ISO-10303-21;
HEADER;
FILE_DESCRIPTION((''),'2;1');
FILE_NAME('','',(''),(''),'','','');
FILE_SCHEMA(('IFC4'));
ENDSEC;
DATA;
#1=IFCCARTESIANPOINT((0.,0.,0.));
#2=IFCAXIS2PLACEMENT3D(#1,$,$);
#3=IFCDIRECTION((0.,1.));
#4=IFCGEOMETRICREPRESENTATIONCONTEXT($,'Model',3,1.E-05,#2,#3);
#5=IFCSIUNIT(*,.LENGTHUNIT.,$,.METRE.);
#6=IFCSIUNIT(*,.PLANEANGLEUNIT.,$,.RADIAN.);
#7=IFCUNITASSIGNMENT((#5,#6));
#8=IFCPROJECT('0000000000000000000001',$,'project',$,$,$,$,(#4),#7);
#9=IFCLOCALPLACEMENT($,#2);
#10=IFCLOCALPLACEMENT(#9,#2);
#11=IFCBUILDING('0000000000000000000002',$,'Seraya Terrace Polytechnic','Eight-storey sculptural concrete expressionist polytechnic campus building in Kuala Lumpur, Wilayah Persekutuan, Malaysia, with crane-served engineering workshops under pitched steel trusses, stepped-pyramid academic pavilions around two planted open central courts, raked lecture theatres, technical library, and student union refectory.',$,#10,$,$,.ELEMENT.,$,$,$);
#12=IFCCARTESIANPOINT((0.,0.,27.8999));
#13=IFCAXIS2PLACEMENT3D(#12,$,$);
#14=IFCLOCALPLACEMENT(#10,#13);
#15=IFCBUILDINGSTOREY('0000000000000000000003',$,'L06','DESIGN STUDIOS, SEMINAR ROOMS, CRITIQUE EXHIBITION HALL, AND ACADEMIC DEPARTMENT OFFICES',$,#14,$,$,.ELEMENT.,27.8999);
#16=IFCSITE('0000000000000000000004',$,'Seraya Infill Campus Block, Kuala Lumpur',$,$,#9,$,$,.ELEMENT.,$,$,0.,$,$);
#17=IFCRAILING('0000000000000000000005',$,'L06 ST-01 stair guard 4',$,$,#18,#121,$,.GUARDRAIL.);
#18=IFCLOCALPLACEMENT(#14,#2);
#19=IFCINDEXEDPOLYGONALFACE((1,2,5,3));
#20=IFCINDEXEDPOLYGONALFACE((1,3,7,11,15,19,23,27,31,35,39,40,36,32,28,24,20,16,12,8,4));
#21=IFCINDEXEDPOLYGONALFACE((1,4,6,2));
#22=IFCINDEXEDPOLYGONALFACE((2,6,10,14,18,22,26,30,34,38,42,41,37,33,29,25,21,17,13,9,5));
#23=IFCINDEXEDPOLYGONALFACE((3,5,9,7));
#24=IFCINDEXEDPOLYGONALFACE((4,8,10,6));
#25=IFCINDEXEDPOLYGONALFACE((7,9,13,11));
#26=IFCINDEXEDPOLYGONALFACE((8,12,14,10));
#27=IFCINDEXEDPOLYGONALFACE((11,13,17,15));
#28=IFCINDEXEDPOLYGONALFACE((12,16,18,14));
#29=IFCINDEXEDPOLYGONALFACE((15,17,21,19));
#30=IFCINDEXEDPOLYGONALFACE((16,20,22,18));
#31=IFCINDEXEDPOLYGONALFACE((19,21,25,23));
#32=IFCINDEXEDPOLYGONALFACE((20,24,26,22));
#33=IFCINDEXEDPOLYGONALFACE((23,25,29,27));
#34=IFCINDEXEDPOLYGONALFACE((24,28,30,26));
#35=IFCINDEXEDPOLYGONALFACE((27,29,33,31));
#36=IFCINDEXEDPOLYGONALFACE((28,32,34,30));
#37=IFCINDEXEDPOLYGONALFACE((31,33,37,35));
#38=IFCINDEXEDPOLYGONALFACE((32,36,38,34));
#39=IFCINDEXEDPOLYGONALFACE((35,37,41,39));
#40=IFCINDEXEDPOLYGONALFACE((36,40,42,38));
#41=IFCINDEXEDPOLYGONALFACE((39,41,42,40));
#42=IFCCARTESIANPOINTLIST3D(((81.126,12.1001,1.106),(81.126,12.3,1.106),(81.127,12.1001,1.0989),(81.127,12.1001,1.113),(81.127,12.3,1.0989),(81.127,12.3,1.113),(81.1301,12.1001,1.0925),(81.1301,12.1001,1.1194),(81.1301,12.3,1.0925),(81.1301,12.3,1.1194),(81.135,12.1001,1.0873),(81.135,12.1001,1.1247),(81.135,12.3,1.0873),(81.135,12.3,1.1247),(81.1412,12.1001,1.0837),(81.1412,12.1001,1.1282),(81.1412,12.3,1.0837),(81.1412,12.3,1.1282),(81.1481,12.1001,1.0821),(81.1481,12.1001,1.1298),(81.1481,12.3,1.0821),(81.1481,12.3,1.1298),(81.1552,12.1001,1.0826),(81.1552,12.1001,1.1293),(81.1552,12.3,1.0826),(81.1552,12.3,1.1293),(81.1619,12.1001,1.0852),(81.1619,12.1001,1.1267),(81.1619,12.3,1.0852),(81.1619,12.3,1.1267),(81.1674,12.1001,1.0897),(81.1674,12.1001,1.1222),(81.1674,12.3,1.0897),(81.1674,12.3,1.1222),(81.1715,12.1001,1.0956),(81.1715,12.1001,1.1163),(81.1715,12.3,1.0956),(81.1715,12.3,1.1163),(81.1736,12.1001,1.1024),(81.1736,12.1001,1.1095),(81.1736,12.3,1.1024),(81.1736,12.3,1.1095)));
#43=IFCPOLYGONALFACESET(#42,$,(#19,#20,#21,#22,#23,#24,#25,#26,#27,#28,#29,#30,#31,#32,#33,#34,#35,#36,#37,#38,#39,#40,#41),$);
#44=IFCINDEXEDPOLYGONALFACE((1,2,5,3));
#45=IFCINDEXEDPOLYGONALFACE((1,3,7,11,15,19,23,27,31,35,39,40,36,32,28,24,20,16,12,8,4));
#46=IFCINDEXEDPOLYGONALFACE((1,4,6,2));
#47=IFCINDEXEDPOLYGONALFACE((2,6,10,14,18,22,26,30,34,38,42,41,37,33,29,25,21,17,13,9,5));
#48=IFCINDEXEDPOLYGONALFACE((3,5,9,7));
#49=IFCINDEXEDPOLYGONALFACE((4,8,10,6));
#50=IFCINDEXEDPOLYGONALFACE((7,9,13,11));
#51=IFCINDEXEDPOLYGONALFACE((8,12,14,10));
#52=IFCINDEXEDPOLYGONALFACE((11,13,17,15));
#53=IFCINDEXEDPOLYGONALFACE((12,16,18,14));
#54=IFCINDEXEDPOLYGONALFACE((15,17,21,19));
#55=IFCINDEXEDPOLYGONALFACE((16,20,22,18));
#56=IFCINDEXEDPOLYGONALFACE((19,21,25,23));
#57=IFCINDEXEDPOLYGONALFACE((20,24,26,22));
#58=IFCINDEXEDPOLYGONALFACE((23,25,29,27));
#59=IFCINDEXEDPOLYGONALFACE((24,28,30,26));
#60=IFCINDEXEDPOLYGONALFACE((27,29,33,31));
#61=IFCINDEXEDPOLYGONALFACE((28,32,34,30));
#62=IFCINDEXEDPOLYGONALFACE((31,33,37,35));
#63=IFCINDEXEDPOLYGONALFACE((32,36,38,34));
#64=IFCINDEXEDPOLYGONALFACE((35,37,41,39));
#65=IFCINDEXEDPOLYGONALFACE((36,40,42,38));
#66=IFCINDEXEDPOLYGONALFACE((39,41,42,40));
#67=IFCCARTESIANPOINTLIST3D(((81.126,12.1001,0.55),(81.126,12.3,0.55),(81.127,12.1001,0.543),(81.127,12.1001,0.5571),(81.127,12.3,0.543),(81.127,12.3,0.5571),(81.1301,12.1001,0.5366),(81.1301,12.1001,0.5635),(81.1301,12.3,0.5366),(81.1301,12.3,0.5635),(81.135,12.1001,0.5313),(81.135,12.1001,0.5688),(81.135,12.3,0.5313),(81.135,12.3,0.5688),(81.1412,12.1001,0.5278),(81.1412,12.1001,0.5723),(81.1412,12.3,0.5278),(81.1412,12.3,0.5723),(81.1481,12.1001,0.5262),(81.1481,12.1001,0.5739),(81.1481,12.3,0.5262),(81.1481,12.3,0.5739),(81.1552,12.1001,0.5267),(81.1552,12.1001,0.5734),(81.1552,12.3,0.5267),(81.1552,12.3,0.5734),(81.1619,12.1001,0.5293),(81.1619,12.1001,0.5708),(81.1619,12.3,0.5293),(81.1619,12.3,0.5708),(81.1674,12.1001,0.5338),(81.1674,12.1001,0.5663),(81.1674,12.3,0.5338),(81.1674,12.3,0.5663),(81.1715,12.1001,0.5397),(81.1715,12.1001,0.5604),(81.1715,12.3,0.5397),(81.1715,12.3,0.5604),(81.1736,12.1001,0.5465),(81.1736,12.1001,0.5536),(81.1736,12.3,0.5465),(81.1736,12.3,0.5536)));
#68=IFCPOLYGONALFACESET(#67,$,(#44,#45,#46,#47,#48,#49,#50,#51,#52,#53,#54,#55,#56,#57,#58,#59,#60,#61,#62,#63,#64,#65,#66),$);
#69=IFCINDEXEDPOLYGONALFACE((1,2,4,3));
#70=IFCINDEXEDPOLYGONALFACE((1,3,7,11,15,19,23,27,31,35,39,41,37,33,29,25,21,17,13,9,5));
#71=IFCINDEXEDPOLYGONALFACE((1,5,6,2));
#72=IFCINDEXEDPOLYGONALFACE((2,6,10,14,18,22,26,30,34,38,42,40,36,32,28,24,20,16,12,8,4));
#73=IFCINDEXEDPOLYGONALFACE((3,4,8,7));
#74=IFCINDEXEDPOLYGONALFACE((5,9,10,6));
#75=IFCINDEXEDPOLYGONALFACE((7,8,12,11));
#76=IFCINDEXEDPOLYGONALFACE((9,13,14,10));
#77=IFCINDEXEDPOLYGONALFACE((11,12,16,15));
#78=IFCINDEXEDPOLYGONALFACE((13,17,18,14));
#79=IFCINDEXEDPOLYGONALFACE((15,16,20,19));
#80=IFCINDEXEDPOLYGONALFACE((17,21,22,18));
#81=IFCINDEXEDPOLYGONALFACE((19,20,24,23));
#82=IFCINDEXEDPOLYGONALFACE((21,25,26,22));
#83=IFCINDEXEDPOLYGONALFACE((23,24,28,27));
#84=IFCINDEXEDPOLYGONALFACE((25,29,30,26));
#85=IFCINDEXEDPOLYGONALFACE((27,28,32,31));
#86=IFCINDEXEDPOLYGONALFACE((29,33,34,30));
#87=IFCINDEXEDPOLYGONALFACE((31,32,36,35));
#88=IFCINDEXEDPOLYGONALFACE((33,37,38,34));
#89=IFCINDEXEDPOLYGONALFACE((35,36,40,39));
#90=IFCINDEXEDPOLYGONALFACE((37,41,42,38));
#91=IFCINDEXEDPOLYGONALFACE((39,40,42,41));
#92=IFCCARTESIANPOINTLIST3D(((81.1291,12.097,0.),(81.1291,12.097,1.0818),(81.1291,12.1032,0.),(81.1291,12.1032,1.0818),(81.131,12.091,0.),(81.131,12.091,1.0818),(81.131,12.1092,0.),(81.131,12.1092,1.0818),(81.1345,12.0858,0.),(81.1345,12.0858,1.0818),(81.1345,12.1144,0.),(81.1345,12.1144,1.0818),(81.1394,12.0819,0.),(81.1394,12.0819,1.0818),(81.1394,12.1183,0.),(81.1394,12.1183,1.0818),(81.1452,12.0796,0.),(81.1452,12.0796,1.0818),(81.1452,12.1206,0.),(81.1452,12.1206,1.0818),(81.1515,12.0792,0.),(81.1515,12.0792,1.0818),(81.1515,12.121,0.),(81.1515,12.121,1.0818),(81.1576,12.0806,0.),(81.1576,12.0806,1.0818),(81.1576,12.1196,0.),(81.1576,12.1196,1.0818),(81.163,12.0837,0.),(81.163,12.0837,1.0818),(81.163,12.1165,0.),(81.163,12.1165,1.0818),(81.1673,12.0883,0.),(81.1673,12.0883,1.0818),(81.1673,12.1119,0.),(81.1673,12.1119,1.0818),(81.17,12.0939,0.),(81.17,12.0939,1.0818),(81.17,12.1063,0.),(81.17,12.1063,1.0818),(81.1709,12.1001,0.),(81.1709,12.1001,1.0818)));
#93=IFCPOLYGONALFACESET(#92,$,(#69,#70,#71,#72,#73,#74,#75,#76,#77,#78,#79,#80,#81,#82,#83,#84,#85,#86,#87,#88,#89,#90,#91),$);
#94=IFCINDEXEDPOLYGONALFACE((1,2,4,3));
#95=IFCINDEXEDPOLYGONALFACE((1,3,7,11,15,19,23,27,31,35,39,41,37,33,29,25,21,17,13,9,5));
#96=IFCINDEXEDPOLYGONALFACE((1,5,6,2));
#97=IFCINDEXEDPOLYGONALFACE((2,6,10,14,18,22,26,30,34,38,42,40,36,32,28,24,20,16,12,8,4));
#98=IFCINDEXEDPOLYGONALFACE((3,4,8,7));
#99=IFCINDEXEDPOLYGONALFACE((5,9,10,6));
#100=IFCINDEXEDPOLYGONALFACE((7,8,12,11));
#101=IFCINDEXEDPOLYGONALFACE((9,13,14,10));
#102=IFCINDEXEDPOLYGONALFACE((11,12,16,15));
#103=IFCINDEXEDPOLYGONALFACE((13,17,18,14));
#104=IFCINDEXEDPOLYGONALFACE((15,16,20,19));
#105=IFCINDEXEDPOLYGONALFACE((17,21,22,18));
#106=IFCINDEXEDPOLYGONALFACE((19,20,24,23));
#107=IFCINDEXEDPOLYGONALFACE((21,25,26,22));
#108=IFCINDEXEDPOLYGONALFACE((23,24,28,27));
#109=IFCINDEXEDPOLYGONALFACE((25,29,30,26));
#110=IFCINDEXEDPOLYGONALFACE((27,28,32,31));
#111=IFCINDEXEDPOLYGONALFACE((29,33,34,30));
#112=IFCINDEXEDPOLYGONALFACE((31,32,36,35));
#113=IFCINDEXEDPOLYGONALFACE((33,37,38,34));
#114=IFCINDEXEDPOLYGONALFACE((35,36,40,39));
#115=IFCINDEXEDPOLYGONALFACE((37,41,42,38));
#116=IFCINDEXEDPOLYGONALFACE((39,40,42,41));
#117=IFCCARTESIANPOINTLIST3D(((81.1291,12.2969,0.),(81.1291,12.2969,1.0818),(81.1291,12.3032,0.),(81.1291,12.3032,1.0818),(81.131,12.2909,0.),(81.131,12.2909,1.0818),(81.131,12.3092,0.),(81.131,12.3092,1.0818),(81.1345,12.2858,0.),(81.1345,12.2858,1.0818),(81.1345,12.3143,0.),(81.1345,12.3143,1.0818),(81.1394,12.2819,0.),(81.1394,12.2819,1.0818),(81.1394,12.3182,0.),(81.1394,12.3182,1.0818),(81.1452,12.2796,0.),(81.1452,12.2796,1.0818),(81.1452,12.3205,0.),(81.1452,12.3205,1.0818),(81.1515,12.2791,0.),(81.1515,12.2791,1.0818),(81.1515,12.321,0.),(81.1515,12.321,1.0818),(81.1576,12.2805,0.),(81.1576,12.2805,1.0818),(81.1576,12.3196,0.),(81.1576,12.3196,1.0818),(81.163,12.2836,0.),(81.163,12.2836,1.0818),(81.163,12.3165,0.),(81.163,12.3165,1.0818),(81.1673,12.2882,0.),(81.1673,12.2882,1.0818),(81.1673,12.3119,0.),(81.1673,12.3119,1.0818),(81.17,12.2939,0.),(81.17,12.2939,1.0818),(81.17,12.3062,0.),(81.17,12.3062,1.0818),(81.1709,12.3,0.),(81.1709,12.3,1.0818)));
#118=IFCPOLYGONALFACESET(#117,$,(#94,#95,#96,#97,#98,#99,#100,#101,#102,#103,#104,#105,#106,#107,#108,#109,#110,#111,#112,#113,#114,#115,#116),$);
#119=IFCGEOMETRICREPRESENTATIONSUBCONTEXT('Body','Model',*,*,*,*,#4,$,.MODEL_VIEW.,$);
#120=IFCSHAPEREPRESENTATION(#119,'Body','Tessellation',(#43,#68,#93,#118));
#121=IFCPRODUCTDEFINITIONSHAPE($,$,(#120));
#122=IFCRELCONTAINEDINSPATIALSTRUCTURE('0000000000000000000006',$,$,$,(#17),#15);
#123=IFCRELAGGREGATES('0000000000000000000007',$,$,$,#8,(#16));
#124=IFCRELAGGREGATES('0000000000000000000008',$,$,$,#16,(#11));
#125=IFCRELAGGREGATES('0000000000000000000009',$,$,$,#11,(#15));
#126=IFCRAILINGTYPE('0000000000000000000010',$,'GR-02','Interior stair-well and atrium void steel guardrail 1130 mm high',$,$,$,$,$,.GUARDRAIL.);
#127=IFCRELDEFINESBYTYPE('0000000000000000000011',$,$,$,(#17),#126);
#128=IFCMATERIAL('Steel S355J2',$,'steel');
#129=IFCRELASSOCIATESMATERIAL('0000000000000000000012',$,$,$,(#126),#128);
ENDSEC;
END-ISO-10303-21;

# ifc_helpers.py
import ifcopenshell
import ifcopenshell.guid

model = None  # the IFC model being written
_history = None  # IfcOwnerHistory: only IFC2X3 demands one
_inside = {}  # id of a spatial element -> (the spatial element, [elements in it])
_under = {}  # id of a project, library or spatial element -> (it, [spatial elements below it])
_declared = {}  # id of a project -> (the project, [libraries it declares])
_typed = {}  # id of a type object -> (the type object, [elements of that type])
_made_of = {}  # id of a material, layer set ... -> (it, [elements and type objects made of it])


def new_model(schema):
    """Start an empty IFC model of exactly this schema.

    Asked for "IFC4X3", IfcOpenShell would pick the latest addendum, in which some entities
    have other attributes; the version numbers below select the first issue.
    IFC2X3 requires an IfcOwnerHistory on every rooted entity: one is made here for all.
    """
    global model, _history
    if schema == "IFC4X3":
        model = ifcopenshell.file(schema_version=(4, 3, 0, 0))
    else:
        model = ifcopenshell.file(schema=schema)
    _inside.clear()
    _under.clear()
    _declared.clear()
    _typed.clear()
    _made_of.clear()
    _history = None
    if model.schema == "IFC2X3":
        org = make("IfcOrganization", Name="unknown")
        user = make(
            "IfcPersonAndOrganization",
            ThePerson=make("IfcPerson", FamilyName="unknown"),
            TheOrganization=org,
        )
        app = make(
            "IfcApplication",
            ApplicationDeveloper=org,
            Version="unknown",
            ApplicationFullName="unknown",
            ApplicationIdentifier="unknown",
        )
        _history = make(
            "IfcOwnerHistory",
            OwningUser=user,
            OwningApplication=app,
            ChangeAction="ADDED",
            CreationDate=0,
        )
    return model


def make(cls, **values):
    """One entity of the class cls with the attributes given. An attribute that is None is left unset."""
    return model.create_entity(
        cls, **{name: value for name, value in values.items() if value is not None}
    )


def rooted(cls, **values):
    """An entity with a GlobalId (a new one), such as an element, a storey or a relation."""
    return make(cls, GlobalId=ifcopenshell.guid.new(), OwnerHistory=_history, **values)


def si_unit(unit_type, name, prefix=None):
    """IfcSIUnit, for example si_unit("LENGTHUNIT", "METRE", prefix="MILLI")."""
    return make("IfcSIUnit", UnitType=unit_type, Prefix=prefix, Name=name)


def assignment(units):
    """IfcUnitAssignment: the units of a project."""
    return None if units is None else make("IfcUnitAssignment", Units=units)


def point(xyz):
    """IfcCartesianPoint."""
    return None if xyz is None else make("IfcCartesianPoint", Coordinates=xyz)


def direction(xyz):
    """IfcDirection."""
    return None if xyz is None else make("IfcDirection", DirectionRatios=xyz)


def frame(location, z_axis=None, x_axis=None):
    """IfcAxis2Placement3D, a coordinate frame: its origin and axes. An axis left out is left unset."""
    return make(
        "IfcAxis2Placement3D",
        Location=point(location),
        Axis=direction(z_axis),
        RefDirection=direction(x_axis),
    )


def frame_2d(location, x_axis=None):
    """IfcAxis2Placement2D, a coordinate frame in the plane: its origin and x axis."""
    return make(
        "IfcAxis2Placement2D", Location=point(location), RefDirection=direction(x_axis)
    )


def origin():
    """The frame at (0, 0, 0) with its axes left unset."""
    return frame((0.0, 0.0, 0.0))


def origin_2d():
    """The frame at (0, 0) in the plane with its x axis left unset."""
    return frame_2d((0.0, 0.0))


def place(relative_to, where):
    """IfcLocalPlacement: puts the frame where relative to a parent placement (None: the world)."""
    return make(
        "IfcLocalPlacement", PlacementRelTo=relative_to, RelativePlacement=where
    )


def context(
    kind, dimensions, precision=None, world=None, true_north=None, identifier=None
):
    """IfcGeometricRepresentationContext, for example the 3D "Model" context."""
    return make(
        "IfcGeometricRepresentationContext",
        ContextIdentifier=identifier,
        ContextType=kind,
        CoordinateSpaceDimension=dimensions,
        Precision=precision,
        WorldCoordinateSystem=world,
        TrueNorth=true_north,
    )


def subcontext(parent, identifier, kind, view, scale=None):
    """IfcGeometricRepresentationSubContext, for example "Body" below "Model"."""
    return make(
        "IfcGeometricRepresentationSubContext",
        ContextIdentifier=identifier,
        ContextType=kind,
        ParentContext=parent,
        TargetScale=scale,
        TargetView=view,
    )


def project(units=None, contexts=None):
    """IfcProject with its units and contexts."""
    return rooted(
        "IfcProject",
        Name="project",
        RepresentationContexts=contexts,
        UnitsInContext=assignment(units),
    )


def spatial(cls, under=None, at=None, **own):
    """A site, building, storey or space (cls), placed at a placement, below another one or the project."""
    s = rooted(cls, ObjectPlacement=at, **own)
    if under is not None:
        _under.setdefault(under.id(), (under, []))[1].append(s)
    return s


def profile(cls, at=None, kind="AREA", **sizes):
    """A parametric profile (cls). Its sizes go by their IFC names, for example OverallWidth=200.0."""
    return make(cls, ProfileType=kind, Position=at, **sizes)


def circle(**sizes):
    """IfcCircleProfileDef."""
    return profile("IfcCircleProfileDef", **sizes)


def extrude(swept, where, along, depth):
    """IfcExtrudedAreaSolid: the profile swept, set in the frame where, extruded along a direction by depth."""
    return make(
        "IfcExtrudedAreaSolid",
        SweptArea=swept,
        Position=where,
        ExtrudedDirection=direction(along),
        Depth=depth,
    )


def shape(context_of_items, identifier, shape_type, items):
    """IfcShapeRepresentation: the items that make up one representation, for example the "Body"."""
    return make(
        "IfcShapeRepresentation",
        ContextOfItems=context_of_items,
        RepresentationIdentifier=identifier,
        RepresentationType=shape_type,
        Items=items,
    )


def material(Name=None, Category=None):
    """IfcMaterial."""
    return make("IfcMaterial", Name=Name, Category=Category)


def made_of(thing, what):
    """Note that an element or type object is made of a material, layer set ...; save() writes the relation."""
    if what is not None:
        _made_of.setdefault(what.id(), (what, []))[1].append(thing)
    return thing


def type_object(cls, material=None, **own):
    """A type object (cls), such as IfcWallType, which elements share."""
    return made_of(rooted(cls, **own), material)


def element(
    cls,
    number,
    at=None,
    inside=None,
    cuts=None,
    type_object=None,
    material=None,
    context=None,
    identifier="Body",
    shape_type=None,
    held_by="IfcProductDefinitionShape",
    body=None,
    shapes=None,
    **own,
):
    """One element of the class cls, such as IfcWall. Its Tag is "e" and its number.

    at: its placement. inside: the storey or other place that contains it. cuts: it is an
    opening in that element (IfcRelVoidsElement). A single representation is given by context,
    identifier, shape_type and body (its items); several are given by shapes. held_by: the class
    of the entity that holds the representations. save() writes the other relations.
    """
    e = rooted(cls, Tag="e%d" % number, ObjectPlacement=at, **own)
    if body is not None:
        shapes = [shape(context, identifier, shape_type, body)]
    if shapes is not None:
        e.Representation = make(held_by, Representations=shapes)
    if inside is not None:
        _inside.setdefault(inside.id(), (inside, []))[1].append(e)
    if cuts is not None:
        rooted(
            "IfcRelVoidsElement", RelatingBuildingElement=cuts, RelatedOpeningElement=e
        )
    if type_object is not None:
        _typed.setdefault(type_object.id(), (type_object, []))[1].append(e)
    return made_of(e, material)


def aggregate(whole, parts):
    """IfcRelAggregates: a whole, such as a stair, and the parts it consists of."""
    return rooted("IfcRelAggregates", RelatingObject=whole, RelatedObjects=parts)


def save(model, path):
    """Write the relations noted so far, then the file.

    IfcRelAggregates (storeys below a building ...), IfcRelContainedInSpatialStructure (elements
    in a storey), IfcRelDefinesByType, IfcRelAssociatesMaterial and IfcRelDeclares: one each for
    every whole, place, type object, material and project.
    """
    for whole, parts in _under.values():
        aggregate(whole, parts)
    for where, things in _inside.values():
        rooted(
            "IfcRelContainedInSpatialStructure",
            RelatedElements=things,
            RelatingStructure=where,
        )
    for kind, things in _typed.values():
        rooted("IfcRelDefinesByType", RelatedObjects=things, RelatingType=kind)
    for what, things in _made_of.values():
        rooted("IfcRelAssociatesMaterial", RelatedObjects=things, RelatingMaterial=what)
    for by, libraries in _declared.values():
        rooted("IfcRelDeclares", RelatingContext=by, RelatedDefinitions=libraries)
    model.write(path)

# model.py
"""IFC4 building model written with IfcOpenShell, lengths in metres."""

from ifc_helpers import new_model, si_unit, direction, frame, origin, origin_2d, place, context, subcontext, project, spatial, circle, extrude, material, type_object, element, save


model = new_model("IFC4")

# Units and contexts
model_context = context("Model", 3, precision=1e-05, world=origin(), true_north=direction((0.0, 1.0)))
body_context = subcontext(model_context, "Body", "Model", "MODEL_VIEW")
ifc_project = project(units=[si_unit("LENGTHUNIT", "METRE"), si_unit("PLANEANGLEUNIT", "RADIAN")], contexts=[model_context])

# Site, building, storey
site_placement = place(None, origin())
site = spatial("IfcSite", under=ifc_project, at=site_placement, Name="Seraya Infill Campus Block, Kuala Lumpur", CompositionType="ELEMENT", RefElevation=0.0)
building_placement = place(site_placement, origin())
building = spatial("IfcBuilding", under=site, at=building_placement, Name="Seraya Terrace Polytechnic", Description="Eight-storey sculptural concrete expressionist polytechnic campus building in Kuala Lumpur, Wilayah Persekutuan, Malaysia, with crane-served engineering workshops under pitched steel trusses, stepped-pyramid academic pavilions around two planted open central courts, raked lecture theatres, technical library, and student union refectory.", CompositionType="ELEMENT")
storey_placement = place(building_placement, frame((0.0, 0.0, 27.8999)))
storey = spatial("IfcBuildingStorey", under=building, at=storey_placement, Name="L06", Description="DESIGN STUDIOS, SEMINAR ROOMS, CRITIQUE EXHIBITION HALL, AND ACADEMIC DEPARTMENT OFFICES", CompositionType="ELEMENT", Elevation=27.8999)

# Shared definitions
ifc_material_1 = material(Name="Steel S355J2", Category="steel")

# Railing
railing_type_1 = type_object("IfcRailingType", Name="GR-02", Description="Interior stair-well and atrium void steel guardrail 1130 mm high", PredefinedType="GUARDRAIL", material=ifc_material_1)
railing_1_placement = place(storey_placement, frame((81.1499, 12.1001, 0.0)))
element("IfcRailing", 1, at=railing_1_placement, inside=storey, type_object=railing_type_1, Name="L06 ST-01 stair guard 4", PredefinedType="GUARDRAIL", context=body_context, shape_type="SweptSolid", body=[
    extrude(circle(Radius=0.0239, at=origin_2d()), frame((0.0, 0.0, 1.106), z_axis=(0.0, 1.0, 0.0), x_axis=(-1.0, 0.0, 0.0)), (0.0, 0.0, 1.0), 0.2),
    extrude(circle(Radius=0.0239, at=origin_2d()), frame((0.0, 0.0, 0.55), z_axis=(0.0, 1.0, 0.0), x_axis=(-1.0, 0.0, 0.0)), (0.0, 0.0, 1.0), 0.2),
    extrude(circle(Radius=0.021, at=origin_2d()), origin(), (0.0, 0.0, 1.0), 1.0818),
    extrude(circle(Radius=0.021, at=origin_2d()), frame((0.0, 0.2, 0.0)), (0.0, 0.0, 1.0), 1.0818),
])

save(model, "model.ifc")
